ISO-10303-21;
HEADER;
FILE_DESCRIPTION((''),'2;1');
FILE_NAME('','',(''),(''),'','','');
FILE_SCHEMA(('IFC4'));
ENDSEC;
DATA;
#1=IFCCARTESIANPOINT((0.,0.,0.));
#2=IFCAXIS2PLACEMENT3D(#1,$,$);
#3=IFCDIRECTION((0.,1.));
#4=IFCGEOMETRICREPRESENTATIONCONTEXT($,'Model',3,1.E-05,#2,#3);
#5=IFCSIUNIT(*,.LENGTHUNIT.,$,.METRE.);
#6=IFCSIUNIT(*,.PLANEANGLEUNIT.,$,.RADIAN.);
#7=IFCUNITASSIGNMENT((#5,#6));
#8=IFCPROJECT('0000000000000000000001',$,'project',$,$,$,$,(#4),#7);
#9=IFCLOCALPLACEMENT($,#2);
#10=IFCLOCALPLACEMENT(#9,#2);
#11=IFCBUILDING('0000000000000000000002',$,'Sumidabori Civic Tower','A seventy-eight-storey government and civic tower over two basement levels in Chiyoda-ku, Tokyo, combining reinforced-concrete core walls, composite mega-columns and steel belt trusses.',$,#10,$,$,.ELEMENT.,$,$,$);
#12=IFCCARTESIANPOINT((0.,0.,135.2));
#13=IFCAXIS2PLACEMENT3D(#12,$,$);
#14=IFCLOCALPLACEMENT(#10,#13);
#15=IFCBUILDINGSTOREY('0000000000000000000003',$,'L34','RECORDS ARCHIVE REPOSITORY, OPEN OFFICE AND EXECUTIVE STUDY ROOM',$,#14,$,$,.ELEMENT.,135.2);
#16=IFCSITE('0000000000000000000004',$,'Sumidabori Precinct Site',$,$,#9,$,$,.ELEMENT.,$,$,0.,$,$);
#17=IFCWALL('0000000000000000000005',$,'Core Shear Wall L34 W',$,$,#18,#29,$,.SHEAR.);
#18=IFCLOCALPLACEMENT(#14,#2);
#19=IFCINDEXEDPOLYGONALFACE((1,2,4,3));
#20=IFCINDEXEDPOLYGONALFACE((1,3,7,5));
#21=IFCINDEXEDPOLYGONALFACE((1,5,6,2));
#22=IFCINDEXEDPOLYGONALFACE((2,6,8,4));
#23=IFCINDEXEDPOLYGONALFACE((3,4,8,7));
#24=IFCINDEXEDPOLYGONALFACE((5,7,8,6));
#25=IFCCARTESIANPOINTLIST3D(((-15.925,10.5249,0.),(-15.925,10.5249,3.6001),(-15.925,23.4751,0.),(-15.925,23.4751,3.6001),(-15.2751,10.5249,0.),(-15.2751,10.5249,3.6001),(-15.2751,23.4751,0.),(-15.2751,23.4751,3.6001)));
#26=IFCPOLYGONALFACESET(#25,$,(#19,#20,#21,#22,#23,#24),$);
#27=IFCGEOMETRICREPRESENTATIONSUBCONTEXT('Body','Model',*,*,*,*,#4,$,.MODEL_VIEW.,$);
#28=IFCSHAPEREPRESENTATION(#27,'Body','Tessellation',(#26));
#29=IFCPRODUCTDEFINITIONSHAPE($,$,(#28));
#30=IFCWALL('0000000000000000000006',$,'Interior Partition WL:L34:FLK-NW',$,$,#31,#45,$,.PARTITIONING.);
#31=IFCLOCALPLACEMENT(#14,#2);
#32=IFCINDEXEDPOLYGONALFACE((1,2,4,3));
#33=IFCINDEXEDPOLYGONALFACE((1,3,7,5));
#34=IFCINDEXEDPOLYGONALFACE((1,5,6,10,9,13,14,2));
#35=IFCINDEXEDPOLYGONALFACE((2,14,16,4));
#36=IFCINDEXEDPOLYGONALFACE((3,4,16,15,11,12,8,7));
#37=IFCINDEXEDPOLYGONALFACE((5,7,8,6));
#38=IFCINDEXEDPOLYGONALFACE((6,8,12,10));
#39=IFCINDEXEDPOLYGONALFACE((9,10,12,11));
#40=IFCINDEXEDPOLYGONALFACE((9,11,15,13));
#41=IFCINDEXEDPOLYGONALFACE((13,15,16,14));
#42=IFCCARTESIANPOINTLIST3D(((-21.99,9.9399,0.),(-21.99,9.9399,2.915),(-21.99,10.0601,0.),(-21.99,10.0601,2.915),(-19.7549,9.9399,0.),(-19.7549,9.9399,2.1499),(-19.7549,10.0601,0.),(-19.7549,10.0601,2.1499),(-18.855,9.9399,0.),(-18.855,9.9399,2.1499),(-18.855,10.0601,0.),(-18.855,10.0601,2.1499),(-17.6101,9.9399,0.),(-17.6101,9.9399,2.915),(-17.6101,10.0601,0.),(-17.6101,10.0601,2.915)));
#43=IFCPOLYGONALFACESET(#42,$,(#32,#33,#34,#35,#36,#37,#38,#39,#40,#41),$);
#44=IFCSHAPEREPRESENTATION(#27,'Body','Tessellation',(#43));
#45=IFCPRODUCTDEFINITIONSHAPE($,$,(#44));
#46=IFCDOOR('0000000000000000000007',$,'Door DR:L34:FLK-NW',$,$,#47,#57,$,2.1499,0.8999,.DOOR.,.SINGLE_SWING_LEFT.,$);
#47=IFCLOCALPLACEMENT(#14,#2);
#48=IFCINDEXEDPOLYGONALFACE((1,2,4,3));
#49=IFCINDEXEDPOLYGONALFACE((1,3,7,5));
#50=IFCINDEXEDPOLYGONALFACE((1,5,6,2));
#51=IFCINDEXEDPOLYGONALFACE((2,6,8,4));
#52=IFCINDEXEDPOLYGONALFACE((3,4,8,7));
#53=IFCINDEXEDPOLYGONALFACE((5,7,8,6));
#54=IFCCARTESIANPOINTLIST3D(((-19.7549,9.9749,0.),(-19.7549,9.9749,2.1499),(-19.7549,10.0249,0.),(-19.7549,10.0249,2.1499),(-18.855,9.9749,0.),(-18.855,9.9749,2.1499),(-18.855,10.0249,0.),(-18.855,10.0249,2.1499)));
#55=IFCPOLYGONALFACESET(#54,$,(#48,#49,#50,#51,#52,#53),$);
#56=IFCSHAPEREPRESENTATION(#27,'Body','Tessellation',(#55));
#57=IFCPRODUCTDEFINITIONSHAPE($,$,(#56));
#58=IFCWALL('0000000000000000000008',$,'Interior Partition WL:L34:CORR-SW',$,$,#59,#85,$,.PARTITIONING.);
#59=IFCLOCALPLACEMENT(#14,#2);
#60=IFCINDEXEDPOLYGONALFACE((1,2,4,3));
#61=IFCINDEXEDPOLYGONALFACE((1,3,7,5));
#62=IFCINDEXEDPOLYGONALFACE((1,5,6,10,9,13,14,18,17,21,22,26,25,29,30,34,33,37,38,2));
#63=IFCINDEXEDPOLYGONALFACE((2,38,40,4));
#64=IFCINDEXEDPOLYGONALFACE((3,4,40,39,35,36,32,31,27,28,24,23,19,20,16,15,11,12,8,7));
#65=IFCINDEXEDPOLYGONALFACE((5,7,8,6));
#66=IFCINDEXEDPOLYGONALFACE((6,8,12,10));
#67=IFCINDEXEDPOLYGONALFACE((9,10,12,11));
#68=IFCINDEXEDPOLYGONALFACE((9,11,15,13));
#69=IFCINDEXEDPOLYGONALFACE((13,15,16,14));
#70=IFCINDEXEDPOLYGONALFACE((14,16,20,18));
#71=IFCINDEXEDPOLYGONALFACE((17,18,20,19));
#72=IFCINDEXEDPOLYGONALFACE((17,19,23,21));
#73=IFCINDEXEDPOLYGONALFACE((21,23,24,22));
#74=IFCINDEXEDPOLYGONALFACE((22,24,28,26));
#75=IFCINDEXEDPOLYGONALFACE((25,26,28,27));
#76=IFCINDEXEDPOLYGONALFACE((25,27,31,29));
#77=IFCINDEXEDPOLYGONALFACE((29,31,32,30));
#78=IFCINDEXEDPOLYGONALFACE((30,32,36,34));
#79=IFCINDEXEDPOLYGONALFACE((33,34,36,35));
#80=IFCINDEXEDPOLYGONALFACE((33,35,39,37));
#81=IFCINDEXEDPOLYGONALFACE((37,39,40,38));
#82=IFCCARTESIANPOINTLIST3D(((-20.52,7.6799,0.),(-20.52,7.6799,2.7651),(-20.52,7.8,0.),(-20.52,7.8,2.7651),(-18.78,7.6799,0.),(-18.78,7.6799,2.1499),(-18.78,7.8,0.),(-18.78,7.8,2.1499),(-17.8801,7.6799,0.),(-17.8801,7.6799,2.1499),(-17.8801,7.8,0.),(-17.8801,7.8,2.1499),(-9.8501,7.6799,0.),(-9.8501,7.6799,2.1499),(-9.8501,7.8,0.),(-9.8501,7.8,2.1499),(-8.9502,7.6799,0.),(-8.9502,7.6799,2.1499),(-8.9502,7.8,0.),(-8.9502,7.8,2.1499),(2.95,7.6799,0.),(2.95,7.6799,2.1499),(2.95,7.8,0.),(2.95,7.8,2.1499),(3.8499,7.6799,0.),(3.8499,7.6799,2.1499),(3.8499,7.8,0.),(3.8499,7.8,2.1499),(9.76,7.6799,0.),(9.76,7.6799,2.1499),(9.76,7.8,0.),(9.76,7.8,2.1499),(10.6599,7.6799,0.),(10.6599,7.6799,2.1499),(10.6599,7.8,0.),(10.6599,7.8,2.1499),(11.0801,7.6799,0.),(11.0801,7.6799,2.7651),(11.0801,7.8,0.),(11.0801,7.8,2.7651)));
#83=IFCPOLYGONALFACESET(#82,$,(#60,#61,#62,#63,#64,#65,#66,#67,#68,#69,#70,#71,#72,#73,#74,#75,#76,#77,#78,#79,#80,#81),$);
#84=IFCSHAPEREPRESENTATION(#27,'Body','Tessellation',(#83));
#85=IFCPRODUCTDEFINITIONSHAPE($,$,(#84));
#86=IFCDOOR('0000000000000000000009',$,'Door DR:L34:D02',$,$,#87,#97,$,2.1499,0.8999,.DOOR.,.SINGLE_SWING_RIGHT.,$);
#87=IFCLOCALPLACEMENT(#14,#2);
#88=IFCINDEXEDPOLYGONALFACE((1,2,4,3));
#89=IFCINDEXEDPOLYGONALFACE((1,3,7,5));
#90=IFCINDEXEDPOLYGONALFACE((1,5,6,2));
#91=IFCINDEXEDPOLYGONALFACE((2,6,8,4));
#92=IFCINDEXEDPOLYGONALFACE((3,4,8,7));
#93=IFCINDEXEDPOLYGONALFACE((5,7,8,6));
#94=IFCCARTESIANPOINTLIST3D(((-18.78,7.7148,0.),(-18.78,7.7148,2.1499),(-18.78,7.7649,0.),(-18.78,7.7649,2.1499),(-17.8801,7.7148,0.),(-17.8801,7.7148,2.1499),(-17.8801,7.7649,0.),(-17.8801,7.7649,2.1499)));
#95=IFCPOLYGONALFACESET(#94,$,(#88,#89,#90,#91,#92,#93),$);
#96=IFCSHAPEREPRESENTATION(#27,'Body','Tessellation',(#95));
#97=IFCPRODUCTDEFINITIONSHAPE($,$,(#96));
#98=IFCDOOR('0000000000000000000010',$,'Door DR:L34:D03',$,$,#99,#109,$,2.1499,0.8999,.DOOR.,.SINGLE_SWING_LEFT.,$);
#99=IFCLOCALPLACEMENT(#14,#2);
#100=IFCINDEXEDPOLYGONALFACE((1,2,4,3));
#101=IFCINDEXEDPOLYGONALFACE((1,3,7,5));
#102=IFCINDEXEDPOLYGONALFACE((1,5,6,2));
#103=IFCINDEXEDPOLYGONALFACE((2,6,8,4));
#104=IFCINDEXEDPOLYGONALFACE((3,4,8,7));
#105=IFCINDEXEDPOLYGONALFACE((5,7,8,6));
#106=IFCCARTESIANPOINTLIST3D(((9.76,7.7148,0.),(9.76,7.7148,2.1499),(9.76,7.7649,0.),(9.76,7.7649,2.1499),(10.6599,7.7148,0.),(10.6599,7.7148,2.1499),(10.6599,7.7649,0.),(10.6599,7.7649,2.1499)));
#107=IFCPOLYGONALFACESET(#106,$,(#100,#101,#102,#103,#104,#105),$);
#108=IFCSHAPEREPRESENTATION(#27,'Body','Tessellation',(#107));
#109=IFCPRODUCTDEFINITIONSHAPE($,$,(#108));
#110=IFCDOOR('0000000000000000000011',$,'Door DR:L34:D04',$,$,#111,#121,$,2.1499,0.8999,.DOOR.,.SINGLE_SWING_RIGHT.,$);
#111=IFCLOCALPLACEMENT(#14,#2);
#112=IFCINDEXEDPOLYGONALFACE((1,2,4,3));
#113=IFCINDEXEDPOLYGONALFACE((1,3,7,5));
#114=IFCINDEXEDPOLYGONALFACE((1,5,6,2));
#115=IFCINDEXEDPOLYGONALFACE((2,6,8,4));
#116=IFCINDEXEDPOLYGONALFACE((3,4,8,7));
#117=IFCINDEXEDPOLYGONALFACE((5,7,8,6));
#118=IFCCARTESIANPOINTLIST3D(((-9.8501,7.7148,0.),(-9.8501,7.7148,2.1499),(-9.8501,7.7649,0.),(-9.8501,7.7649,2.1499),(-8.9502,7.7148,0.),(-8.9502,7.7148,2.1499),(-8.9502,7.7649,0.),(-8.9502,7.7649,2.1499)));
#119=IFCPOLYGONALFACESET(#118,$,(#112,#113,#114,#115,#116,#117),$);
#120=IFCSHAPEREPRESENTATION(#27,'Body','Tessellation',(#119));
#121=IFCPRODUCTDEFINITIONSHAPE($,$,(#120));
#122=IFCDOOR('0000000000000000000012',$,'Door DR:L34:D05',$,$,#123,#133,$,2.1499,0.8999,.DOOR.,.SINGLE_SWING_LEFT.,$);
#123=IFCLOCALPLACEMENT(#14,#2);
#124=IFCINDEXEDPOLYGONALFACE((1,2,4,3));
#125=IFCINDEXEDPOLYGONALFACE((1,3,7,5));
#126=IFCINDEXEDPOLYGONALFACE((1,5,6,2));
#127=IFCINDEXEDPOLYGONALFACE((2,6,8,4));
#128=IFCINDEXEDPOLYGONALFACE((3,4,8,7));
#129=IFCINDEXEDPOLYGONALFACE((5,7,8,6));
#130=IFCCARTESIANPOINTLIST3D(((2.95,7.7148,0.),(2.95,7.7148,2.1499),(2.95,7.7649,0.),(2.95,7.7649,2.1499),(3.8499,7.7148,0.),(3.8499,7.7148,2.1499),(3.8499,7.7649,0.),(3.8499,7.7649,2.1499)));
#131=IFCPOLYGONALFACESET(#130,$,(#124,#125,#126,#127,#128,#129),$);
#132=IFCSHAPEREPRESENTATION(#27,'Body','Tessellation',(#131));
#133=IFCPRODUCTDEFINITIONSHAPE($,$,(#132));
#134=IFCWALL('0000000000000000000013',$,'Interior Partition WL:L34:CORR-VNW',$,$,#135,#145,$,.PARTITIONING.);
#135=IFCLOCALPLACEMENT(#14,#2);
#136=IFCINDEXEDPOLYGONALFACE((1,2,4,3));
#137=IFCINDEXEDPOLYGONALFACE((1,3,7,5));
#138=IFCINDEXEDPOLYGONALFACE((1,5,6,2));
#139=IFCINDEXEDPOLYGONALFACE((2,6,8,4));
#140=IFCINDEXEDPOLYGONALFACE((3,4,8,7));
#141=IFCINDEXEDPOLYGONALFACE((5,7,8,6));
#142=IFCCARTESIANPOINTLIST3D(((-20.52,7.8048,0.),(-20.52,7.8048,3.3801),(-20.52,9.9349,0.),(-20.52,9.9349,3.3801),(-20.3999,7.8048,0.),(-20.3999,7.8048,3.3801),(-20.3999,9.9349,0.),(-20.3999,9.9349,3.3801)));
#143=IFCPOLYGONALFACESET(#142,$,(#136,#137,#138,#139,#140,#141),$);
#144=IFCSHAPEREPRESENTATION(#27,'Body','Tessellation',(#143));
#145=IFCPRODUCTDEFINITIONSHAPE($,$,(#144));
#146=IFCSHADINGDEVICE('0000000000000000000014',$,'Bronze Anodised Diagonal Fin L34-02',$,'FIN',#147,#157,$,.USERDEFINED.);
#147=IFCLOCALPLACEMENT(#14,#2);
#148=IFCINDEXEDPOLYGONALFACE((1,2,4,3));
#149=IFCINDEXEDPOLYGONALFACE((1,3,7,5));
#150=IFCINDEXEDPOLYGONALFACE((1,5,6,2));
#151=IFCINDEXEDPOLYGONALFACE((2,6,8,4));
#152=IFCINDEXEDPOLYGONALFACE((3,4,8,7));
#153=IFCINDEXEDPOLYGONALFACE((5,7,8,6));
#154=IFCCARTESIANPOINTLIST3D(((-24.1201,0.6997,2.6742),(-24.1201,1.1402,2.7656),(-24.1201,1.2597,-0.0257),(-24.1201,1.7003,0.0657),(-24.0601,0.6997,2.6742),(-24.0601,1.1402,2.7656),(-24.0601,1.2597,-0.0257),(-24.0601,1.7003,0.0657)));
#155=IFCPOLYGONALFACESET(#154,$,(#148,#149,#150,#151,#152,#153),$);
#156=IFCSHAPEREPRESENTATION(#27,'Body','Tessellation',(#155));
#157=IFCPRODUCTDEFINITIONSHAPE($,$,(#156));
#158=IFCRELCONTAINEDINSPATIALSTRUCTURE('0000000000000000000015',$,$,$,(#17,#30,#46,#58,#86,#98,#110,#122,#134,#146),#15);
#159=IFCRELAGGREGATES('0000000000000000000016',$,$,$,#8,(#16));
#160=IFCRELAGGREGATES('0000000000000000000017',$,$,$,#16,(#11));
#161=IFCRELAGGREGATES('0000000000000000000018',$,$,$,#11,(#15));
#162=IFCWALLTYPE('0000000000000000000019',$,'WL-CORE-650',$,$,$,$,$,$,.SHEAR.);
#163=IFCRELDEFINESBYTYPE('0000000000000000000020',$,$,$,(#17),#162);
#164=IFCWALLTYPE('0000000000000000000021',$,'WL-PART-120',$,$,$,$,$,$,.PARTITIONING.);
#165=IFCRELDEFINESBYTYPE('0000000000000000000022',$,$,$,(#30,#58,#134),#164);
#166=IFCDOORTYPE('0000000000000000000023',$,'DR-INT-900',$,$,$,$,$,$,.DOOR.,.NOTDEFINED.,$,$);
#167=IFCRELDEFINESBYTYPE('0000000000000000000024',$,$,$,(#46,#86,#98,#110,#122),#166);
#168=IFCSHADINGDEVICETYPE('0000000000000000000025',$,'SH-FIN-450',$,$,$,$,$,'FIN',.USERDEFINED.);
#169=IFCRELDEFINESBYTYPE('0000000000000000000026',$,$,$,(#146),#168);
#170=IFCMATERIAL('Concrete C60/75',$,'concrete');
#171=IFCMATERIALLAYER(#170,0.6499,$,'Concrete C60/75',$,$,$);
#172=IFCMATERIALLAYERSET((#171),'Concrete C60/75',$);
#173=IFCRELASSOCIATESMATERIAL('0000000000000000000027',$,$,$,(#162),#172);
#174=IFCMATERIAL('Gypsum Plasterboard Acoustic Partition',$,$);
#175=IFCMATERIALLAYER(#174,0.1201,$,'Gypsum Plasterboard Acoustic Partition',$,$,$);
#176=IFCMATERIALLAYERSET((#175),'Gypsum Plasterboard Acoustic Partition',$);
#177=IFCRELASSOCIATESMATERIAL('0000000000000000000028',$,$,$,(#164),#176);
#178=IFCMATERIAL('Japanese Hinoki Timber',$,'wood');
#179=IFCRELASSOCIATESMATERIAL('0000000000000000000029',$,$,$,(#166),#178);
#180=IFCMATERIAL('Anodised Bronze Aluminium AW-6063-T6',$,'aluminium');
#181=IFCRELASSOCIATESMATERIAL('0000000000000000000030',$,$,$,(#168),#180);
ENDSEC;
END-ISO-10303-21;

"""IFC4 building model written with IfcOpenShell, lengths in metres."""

from ifc_helpers import new_model, si_unit, direction, frame, frame_2d, origin, origin_2d, place, context, subcontext, project, spatial, rectangle, extrude, source, transform, mapped, material, layer, layer_set, material_profile, profile_set, type_object, element, fill, save


model = new_model("IFC4")

# Units and contexts
model_context = context("Model", 3, precision=1e-05, world=origin(), true_north=direction((0.0, 1.0)))
body_context = subcontext(model_context, "Body", "Model", "MODEL_VIEW")
ifc_project = project(units=[si_unit("LENGTHUNIT", "METRE"), si_unit("PLANEANGLEUNIT", "RADIAN")], contexts=[model_context])

# Site, building, storey
site_placement = place(None, origin())
site = spatial("IfcSite", under=ifc_project, at=site_placement, Name="Sumidabori Precinct Site", CompositionType="ELEMENT", RefElevation=0.0)
building_placement = place(site_placement, origin())
building = spatial("IfcBuilding", under=site, at=building_placement, Name="Sumidabori Civic Tower", Description="A seventy-eight-storey government and civic tower over two basement levels in Chiyoda-ku, Tokyo, combining reinforced-concrete core walls, composite mega-columns and steel belt trusses.", CompositionType="ELEMENT")
storey_placement = place(building_placement, frame((0.0, 0.0, 135.2)))
storey = spatial("IfcBuildingStorey", under=building, at=storey_placement, Name="L34", Description="RECORDS ARCHIVE REPOSITORY, OPEN OFFICE AND EXECUTIVE STUDY ROOM", CompositionType="ELEMENT", Elevation=135.2)

# Shared definitions
ifc_material_1 = material(Name="Concrete C60/75", Category="concrete")

# Shared definitions
ifc_material_2 = material(Name="Anodised Bronze Aluminium AW-6063-T6", Category="aluminium")

# Shared definitions
ifc_layer_1 = layer(ifc_material_1, 0.6499, Name="Concrete C60/75")
ifc_layer_set_1 = layer_set([ifc_layer_1], Name="Concrete C60/75")
wall_type_1 = type_object("IfcWallType", Name="WL-CORE-650", PredefinedType="SHEAR", material=ifc_layer_set_1)

# Wall
shared_shape_1 = source(origin(), body_context, "Body", "SweptSolid", [
    extrude(rectangle(XDim=12.9502, YDim=0.6499, at=frame_2d((6.4751, 0.0))), origin(), (0.0, 0.0, 1.0), 3.6001),
])
wall_1_placement = place(storey_placement, frame((-15.6001, 10.5249, 0.0), z_axis=(0.0, 0.0, 1.0), x_axis=(0.0, 1.0, 0.0)))
element("IfcWall", 1, at=wall_1_placement, inside=storey, type_object=wall_type_1, Name="Core Shear Wall L34 W", PredefinedType="SHEAR", context=body_context, shape_type="MappedRepresentation", body=[
    mapped(shared_shape_1, transform((0.0, 0.0, 0.0), x_axis=(1.0, 0.0, 0.0), y_axis=(0.0, 1.0, 0.0), z_axis=(0.0, 0.0, 1.0), scale=1.0)),
])

# Wall, opening, door
ifc_material_3 = material(Name="Gypsum Plasterboard Acoustic Partition")
ifc_layer_2 = layer(ifc_material_3, 0.1201, Name="Gypsum Plasterboard Acoustic Partition")
ifc_layer_set_2 = layer_set([ifc_layer_2], Name="Gypsum Plasterboard Acoustic Partition")
wall_type_2 = type_object("IfcWallType", Name="WL-PART-120", PredefinedType="PARTITIONING", material=ifc_layer_set_2)
shared_shape_2 = source(origin(), body_context, "Body", "SweptSolid", [
    extrude(rectangle(XDim=4.3799, YDim=0.1201, at=frame_2d((2.1899, 0.0))), origin(), (0.0, 0.0, 1.0), 2.915),
])
wall_2_placement = place(storey_placement, frame((-21.99, 10.0, 0.0), z_axis=(0.0, 0.0, 1.0), x_axis=(1.0, 0.0, 0.0)))
wall_2 = element("IfcWall", 2, at=wall_2_placement, inside=storey, type_object=wall_type_2, Name="Interior Partition WL:L34:FLK-NW", PredefinedType="PARTITIONING", context=body_context, shape_type="MappedRepresentation", body=[
    mapped(shared_shape_2, transform((0.0, 0.0, 0.0), x_axis=(1.0, 0.0, 0.0), y_axis=(0.0, 1.0, 0.0), z_axis=(0.0, 0.0, 1.0), scale=1.0)),
])
opening_1_placement = place(wall_2_placement, frame((2.2351, 0.0, 0.0)))
opening_1 = element("IfcOpeningElement", 3, at=opening_1_placement, cuts=wall_2, PredefinedType="OPENING", context=body_context, shape_type="SweptSolid", body=[
    extrude(rectangle(XDim=0.8999, YDim=2.1499, at=frame_2d((0.45, 1.075))), frame((0.0, 0.072, 0.0), z_axis=(0.0, -1.0, 0.0), x_axis=(1.0, 0.0, 0.0)), (0.0, 0.0, 1.0), 0.144),
])
ifc_material_4 = material(Name="Japanese Hinoki Timber", Category="wood")
door_type_1 = type_object("IfcDoorType", Name="DR-INT-900", OperationType="NOTDEFINED", PredefinedType="DOOR", material=ifc_material_4)
shared_shape_3 = source(origin(), body_context, "Body", "SweptSolid", [
    extrude(rectangle(XDim=0.8999, YDim=2.1499, at=frame_2d((0.45, 1.075))), frame((0.0, 0.0249, 0.0), z_axis=(0.0, -1.0, 0.0), x_axis=(1.0, 0.0, 0.0)), (0.0, 0.0, 1.0), 0.05),
])
door_1_placement = place(opening_1_placement, origin())
door_1 = element("IfcDoor", 4, at=door_1_placement, inside=storey, type_object=door_type_1, Name="Door DR:L34:FLK-NW", OperationType="SINGLE_SWING_LEFT", OverallHeight=2.1499, OverallWidth=0.8999, PredefinedType="DOOR", context=body_context, shape_type="MappedRepresentation", body=[
    mapped(shared_shape_3, transform((0.0, 0.0, 0.0), x_axis=(1.0, 0.0, 0.0), y_axis=(0.0, 1.0, 0.0), z_axis=(0.0, 0.0, 1.0), scale=1.0)),
])
fill(opening_1, door_1)

# Wall, openings, doors
shared_shape_4 = source(origin(), body_context, "Body", "SweptSolid", [
    extrude(rectangle(XDim=31.6001, YDim=0.1201, at=frame_2d((15.8, 0.0))), origin(), (0.0, 0.0, 1.0), 2.7651),
])
wall_3_placement = place(storey_placement, frame((-20.52, 7.74, 0.0), z_axis=(0.0, 0.0, 1.0), x_axis=(1.0, 0.0, 0.0)))
wall_3 = element("IfcWall", 5, at=wall_3_placement, inside=storey, type_object=wall_type_2, Name="Interior Partition WL:L34:CORR-SW", PredefinedType="PARTITIONING", context=body_context, shape_type="MappedRepresentation", body=[
    mapped(shared_shape_4, transform((0.0, 0.0, 0.0), x_axis=(1.0, 0.0, 0.0), y_axis=(0.0, 1.0, 0.0), z_axis=(0.0, 0.0, 1.0), scale=1.0)),
])
opening_2_placement = place(wall_3_placement, frame((1.74, 0.0, 0.0)))
opening_2 = element("IfcOpeningElement", 6, at=opening_2_placement, cuts=wall_3, PredefinedType="OPENING", context=body_context, shape_type="SweptSolid", body=[
    extrude(rectangle(XDim=0.8999, YDim=2.1499, at=frame_2d((0.45, 1.075))), frame((0.0, 0.072, 0.0), z_axis=(0.0, -1.0, 0.0), x_axis=(1.0, 0.0, 0.0)), (0.0, 0.0, 1.0), 0.144),
])
opening_3_placement = place(wall_3_placement, frame((30.28, 0.0, 0.0)))
opening_3 = element("IfcOpeningElement", 7, at=opening_3_placement, cuts=wall_3, PredefinedType="OPENING", context=body_context, shape_type="SweptSolid", body=[
    extrude(rectangle(XDim=0.8999, YDim=2.1499, at=frame_2d((0.45, 1.075))), frame((0.0, 0.072, 0.0), z_axis=(0.0, -1.0, 0.0), x_axis=(1.0, 0.0, 0.0)), (0.0, 0.0, 1.0), 0.144),
])
opening_4_placement = place(wall_3_placement, frame((10.6699, 0.0, 0.0)))
opening_4 = element("IfcOpeningElement", 8, at=opening_4_placement, cuts=wall_3, PredefinedType="OPENING", context=body_context, shape_type="SweptSolid", body=[
    extrude(rectangle(XDim=0.8999, YDim=2.1499, at=frame_2d((0.45, 1.075))), frame((0.0, 0.072, 0.0), z_axis=(0.0, -1.0, 0.0), x_axis=(1.0, 0.0, 0.0)), (0.0, 0.0, 1.0), 0.144),
])
opening_5_placement = place(wall_3_placement, frame((23.47, 0.0, 0.0)))
opening_5 = element("IfcOpeningElement", 9, at=opening_5_placement, cuts=wall_3, PredefinedType="OPENING", context=body_context, shape_type="SweptSolid", body=[
    extrude(rectangle(XDim=0.8999, YDim=2.1499, at=frame_2d((0.45, 1.075))), frame((0.0, 0.072, 0.0), z_axis=(0.0, -1.0, 0.0), x_axis=(1.0, 0.0, 0.0)), (0.0, 0.0, 1.0), 0.144),
])
door_2_placement = place(opening_2_placement, origin())
door_2 = element("IfcDoor", 10, at=door_2_placement, inside=storey, type_object=door_type_1, Name="Door DR:L34:D02", OperationType="SINGLE_SWING_RIGHT", OverallHeight=2.1499, OverallWidth=0.8999, PredefinedType="DOOR", context=body_context, shape_type="MappedRepresentation", body=[
    mapped(shared_shape_3, transform((0.0, 0.0, 0.0), x_axis=(1.0, 0.0, 0.0), y_axis=(0.0, 1.0, 0.0), z_axis=(0.0, 0.0, 1.0), scale=1.0)),
])
fill(opening_2, door_2)
door_3_placement = place(opening_3_placement, origin())
door_3 = element("IfcDoor", 11, at=door_3_placement, inside=storey, type_object=door_type_1, Name="Door DR:L34:D03", OperationType="SINGLE_SWING_LEFT", OverallHeight=2.1499, OverallWidth=0.8999, PredefinedType="DOOR", context=body_context, shape_type="MappedRepresentation", body=[
    mapped(shared_shape_3, transform((0.0, 0.0, 0.0), x_axis=(1.0, 0.0, 0.0), y_axis=(0.0, 1.0, 0.0), z_axis=(0.0, 0.0, 1.0), scale=1.0)),
])
fill(opening_3, door_3)
door_4_placement = place(opening_4_placement, origin())
door_4 = element("IfcDoor", 12, at=door_4_placement, inside=storey, type_object=door_type_1, Name="Door DR:L34:D04", OperationType="SINGLE_SWING_RIGHT", OverallHeight=2.1499, OverallWidth=0.8999, PredefinedType="DOOR", context=body_context, shape_type="MappedRepresentation", body=[
    mapped(shared_shape_3, transform((0.0, 0.0, 0.0), x_axis=(1.0, 0.0, 0.0), y_axis=(0.0, 1.0, 0.0), z_axis=(0.0, 0.0, 1.0), scale=1.0)),
])
fill(opening_4, door_4)
door_5_placement = place(opening_5_placement, origin())
door_5 = element("IfcDoor", 13, at=door_5_placement, inside=storey, type_object=door_type_1, Name="Door DR:L34:D05", OperationType="SINGLE_SWING_LEFT", OverallHeight=2.1499, OverallWidth=0.8999, PredefinedType="DOOR", context=body_context, shape_type="MappedRepresentation", body=[
    mapped(shared_shape_3, transform((0.0, 0.0, 0.0), x_axis=(1.0, 0.0, 0.0), y_axis=(0.0, 1.0, 0.0), z_axis=(0.0, 0.0, 1.0), scale=1.0)),
])
fill(opening_5, door_5)

# Wall
shared_shape_5 = source(origin(), body_context, "Body", "SweptSolid", [
    extrude(rectangle(XDim=2.1301, YDim=0.1201, at=frame_2d((1.0649, 0.0))), origin(), (0.0, 0.0, 1.0), 3.3801),
])
wall_4_placement = place(storey_placement, frame((-20.46, 7.8049, 0.0), z_axis=(0.0, 0.0, 1.0), x_axis=(0.0, 1.0, 0.0)))
element("IfcWall", 14, at=wall_4_placement, inside=storey, type_object=wall_type_2, Name="Interior Partition WL:L34:CORR-VNW", PredefinedType="PARTITIONING", context=body_context, shape_type="MappedRepresentation", body=[
    mapped(shared_shape_5, transform((0.0, 0.0, 0.0), x_axis=(1.0, 0.0, 0.0), y_axis=(0.0, 1.0, 0.0), z_axis=(0.0, 0.0, 1.0), scale=1.0)),
])

# Shading device
ifc_material_profile_1 = material_profile(ifc_material_2, rectangle(XDim=0.0601, YDim=0.45, at=origin_2d()), Name="BRONZE FIN 450x60")
ifc_profile_set_1 = profile_set([ifc_material_profile_1], Name="Anodised Bronze Aluminium AW-6063-T6")
shading_device_type = type_object("IfcShadingDeviceType", Name="SH-FIN-450", ElementType="FIN", PredefinedType="USERDEFINED", material=ifc_profile_set_1)
shared_shape_6 = source(origin(), body_context, "Body", "SweptSolid", [
    extrude(rectangle(XDim=0.0601, YDim=0.45, at=origin_2d()), origin(), (0.0, 0.0, 1.0), 2.7573),
])
shading_device_placement = place(storey_placement, frame((-24.0901, 1.48, 0.02), z_axis=(0.0, -0.203109, 0.979156), x_axis=(-1.0, 0.0, 0.0)))
element("IfcShadingDevice", 15, at=shading_device_placement, inside=storey, type_object=shading_device_type, Name="Bronze Anodised Diagonal Fin L34-02", ObjectType="FIN", PredefinedType="USERDEFINED", context=body_context, shape_type="MappedRepresentation", body=[
    mapped(shared_shape_6, transform((0.0, 0.0, 0.0), x_axis=(1.0, 0.0, 0.0), y_axis=(0.0, 1.0, 0.0), z_axis=(0.0, 0.0, 1.0), scale=1.0)),
])

save(model, "model.ifc")
